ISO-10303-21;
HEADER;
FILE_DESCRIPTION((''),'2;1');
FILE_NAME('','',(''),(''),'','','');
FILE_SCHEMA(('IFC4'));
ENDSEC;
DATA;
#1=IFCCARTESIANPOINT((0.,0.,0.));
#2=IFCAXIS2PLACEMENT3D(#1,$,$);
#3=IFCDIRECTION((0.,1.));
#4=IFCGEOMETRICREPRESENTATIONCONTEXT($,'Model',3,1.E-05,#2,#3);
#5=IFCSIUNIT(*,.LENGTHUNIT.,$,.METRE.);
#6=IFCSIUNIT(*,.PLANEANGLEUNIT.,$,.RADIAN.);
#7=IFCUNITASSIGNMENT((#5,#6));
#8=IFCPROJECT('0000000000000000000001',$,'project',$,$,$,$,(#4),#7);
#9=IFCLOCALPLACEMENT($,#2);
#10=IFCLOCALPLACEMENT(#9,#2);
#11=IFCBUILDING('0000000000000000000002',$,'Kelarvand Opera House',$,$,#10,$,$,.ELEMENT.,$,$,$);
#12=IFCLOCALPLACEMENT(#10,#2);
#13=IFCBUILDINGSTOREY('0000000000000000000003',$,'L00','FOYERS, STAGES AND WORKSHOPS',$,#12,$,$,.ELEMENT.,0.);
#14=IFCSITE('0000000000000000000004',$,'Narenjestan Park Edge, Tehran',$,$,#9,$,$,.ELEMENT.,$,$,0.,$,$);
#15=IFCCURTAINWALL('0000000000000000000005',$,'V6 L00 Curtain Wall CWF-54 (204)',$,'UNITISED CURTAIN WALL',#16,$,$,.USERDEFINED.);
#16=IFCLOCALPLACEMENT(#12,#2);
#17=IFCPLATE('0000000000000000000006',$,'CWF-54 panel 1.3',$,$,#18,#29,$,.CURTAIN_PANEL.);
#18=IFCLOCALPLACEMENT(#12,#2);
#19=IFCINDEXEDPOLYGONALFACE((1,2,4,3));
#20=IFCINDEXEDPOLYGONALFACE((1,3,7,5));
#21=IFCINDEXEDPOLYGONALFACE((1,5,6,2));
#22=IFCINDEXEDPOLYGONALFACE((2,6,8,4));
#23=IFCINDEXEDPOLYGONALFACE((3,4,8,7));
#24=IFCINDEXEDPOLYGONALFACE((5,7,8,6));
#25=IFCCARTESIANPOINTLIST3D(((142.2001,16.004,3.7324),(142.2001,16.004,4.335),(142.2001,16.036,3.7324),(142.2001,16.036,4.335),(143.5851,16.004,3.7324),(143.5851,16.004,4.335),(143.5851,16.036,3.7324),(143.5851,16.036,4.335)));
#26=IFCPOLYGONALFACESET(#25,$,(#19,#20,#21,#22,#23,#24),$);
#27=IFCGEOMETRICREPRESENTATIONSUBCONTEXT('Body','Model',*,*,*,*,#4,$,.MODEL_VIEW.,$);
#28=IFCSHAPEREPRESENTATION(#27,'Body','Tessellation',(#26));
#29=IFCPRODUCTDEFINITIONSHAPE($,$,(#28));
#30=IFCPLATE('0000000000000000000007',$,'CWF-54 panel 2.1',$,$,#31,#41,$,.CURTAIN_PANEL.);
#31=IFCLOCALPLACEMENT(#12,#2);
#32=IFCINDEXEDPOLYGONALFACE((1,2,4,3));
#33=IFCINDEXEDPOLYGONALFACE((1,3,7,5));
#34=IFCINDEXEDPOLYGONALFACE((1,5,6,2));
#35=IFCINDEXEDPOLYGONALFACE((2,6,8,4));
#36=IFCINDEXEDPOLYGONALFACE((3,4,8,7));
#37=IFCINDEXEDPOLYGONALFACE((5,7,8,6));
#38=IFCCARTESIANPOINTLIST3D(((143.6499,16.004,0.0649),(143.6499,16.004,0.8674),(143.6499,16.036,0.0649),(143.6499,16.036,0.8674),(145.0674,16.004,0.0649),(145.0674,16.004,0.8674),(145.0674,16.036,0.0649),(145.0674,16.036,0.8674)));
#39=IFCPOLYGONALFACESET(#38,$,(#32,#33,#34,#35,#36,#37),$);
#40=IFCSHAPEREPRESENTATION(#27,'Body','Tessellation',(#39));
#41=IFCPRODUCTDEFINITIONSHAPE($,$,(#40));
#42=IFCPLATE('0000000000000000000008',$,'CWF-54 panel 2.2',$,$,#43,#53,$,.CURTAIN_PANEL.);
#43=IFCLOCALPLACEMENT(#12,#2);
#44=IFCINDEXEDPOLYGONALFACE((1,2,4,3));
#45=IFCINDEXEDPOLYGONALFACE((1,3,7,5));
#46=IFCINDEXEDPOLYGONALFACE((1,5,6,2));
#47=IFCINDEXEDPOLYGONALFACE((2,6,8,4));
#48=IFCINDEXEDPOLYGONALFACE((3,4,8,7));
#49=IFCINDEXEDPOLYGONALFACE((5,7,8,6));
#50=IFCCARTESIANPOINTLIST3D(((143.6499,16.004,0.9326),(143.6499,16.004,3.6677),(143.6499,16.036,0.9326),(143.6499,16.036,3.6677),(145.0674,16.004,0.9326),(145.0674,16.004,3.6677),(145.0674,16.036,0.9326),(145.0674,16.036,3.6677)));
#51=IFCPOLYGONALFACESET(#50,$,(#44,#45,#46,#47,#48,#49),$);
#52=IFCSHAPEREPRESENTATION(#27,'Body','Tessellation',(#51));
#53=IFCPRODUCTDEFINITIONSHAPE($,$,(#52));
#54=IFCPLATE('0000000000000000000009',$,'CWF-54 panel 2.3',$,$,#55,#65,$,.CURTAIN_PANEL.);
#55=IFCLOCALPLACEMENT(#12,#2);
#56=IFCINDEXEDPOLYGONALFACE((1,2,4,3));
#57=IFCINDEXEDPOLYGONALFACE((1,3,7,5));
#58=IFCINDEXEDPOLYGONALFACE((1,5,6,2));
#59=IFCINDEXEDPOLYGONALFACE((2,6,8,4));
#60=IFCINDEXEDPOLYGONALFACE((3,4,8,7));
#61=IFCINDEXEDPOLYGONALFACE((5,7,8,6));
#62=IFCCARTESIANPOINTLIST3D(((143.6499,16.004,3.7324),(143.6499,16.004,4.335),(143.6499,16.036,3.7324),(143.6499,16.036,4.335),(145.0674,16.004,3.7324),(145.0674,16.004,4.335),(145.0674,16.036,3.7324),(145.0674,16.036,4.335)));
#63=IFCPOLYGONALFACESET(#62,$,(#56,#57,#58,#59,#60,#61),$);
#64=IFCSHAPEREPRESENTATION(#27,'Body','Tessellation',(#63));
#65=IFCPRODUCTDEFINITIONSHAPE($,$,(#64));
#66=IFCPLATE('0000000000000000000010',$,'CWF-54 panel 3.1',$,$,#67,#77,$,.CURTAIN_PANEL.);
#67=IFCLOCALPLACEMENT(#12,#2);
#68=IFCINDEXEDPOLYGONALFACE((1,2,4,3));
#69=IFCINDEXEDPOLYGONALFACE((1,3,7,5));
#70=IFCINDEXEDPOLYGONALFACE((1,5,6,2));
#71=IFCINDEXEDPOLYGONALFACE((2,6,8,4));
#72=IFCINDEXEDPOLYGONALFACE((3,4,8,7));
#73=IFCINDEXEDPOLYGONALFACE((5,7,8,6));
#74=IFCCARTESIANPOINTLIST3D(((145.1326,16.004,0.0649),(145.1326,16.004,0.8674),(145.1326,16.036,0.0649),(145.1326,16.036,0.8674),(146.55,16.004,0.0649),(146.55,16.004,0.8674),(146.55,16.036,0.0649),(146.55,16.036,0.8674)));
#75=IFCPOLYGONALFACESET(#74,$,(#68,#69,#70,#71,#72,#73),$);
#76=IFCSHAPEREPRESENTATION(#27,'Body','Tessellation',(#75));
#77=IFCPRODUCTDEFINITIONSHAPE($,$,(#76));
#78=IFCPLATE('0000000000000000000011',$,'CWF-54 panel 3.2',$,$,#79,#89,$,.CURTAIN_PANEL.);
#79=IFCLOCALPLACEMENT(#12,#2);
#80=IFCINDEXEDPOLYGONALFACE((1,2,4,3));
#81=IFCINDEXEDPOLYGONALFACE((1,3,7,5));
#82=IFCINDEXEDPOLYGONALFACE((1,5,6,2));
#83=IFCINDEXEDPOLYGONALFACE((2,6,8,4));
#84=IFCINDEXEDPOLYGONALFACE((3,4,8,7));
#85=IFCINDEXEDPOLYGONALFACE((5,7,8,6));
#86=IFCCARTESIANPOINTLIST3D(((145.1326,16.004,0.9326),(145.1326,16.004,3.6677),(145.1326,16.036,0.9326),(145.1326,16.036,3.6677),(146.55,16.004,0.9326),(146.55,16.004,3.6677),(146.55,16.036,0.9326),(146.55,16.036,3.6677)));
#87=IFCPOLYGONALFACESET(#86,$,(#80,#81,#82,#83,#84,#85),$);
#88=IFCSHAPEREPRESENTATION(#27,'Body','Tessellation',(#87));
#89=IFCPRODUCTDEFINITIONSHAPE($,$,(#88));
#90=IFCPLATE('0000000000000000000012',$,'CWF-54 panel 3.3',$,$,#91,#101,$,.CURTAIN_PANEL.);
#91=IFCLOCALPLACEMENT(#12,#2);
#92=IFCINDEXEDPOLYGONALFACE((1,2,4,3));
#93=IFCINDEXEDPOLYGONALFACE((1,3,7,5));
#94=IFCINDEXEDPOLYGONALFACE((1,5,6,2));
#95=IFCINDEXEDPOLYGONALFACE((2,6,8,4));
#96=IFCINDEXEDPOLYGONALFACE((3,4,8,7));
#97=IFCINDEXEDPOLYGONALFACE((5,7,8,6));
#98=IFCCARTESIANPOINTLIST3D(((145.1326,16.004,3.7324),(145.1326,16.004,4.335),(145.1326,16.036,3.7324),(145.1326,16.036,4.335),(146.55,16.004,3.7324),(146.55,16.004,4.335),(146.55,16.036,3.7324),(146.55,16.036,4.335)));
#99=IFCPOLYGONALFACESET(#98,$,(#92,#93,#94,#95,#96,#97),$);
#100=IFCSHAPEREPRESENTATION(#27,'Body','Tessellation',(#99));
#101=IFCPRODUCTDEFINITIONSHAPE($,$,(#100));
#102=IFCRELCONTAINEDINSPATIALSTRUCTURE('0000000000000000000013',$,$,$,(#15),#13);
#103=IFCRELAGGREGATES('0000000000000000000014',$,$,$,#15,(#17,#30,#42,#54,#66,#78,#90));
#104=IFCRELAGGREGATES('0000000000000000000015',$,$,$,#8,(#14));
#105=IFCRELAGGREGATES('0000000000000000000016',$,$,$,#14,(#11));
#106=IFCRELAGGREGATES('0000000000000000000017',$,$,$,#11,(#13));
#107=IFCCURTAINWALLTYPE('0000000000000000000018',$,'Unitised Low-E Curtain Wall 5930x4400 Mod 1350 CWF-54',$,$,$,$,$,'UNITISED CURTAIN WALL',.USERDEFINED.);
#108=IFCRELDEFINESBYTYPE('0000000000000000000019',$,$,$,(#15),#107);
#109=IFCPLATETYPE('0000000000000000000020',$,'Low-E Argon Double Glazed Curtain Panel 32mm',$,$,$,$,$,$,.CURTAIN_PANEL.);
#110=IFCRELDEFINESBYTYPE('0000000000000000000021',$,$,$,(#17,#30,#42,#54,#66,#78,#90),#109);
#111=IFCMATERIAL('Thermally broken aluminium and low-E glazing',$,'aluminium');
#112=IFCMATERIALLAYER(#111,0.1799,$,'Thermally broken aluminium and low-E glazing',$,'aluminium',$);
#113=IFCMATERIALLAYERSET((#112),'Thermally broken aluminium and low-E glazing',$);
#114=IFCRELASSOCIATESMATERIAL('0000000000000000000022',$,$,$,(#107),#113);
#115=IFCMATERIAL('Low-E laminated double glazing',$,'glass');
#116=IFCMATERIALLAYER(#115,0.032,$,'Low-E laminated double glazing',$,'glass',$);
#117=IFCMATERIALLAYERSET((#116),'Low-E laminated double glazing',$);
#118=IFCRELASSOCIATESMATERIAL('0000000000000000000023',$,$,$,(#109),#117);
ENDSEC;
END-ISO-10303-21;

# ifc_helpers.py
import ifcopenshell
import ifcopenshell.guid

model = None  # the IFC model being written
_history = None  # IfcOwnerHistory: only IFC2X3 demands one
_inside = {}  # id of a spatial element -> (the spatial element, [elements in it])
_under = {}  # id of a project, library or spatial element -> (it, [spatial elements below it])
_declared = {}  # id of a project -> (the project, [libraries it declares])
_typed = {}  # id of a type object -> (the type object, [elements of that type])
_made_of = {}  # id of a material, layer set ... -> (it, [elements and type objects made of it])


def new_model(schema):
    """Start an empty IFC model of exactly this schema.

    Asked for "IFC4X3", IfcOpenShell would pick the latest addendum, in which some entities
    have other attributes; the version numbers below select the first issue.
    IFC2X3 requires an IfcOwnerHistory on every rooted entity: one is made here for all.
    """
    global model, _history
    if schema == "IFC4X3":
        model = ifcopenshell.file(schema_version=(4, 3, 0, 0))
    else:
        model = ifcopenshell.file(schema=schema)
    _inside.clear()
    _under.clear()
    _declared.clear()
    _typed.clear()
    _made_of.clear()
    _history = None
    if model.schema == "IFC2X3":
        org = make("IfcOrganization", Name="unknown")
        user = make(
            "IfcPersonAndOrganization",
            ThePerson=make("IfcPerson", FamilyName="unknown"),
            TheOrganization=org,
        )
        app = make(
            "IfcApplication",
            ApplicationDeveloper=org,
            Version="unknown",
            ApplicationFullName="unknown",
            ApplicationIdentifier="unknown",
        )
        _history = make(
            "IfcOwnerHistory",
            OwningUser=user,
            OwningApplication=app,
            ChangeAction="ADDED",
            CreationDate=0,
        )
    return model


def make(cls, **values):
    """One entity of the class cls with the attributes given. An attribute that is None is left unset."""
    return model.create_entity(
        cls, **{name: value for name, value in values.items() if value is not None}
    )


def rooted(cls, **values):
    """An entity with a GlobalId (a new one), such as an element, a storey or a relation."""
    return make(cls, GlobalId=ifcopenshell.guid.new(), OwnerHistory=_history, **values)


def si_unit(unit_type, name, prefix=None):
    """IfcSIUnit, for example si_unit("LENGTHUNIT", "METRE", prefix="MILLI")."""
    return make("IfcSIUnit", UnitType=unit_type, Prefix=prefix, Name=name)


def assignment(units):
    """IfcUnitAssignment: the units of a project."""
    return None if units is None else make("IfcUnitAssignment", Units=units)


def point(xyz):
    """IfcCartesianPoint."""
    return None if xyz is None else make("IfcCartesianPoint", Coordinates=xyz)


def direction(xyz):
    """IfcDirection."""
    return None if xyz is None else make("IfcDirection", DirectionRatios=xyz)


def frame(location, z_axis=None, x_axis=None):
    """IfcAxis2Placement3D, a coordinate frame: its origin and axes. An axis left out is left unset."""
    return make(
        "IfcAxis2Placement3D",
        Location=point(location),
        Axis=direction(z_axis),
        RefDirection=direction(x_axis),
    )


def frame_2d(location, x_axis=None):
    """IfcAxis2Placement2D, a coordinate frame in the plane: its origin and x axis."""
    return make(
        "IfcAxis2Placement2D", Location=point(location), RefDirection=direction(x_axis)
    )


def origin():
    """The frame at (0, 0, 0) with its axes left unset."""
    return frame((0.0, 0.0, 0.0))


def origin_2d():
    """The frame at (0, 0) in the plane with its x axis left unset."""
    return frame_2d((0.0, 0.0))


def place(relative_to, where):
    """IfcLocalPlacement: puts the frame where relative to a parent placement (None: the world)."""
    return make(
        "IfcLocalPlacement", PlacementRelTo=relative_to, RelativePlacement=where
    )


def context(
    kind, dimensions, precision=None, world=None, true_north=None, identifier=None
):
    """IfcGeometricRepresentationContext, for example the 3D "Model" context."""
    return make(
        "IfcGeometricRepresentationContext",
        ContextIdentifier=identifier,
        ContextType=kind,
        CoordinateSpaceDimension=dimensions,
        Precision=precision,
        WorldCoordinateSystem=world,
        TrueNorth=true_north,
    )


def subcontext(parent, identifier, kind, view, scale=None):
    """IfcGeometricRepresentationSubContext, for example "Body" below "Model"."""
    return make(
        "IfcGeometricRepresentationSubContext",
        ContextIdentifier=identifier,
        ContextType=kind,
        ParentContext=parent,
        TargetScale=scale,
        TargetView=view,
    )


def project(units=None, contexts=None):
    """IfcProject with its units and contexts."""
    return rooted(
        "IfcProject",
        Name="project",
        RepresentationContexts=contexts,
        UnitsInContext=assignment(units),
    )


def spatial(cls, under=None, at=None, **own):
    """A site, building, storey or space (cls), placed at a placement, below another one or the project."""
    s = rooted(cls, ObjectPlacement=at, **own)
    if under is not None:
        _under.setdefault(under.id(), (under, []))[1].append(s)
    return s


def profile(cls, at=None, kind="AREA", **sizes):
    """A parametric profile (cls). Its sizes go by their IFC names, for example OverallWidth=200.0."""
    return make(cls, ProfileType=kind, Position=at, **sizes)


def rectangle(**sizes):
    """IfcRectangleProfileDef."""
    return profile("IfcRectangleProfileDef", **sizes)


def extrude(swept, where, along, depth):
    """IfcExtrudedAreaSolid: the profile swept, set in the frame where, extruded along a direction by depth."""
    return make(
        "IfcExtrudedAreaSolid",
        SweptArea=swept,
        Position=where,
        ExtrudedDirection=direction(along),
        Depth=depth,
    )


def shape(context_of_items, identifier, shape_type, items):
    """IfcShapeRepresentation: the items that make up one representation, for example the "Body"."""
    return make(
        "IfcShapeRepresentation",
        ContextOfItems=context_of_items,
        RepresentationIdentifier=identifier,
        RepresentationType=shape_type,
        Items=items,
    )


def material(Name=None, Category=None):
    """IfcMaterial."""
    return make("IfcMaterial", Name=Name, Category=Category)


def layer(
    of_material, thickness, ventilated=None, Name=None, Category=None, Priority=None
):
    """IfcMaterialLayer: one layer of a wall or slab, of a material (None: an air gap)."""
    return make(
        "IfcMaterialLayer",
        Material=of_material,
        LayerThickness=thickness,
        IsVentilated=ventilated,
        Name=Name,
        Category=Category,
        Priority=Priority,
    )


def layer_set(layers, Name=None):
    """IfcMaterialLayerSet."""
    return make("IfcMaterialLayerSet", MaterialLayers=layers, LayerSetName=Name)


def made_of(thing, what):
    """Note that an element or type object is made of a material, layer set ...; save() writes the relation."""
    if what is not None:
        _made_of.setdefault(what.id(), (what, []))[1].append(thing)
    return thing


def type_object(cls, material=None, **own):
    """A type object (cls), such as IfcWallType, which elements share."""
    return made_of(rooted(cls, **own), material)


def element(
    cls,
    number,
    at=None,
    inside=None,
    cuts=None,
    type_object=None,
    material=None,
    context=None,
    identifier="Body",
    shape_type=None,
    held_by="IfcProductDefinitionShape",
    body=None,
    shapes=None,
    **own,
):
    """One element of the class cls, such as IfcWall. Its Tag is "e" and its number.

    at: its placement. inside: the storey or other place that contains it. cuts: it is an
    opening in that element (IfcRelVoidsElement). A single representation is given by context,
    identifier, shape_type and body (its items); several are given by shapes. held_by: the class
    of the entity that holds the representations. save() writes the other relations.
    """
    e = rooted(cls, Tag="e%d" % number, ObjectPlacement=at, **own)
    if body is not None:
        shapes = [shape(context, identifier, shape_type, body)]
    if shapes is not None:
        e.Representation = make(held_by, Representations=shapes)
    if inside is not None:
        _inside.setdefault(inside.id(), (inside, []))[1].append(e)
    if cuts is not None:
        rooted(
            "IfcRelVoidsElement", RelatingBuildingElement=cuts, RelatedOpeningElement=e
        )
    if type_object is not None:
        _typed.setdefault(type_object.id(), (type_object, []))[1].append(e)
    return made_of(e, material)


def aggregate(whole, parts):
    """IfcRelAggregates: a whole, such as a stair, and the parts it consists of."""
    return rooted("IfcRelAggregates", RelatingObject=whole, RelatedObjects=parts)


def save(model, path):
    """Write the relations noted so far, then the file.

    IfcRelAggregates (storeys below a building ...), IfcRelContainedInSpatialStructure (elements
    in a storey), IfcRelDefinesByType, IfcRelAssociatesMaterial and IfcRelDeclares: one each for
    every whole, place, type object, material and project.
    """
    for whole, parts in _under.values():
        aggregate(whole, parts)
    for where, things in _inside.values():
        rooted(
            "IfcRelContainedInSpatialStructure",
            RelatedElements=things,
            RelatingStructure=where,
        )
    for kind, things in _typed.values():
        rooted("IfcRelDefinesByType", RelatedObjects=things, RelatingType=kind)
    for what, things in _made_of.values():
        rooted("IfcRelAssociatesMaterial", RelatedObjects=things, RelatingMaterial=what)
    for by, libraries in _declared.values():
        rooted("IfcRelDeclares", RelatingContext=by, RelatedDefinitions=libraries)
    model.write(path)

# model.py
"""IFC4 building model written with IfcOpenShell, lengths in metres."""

from ifc_helpers import new_model, si_unit, direction, frame, origin, origin_2d, place, context, subcontext, project, spatial, rectangle, extrude, material, layer, layer_set, type_object, element, aggregate, save


model = new_model("IFC4")

# Units and contexts
model_context = context("Model", 3, precision=1e-05, world=origin(), true_north=direction((0.0, 1.0)))
body_context = subcontext(model_context, "Body", "Model", "MODEL_VIEW")
ifc_project = project(units=[si_unit("LENGTHUNIT", "METRE"), si_unit("PLANEANGLEUNIT", "RADIAN")], contexts=[model_context])

# Site, building, storey
site_placement = place(None, origin())
site = spatial("IfcSite", under=ifc_project, at=site_placement, Name="Narenjestan Park Edge, Tehran", CompositionType="ELEMENT", RefElevation=0.0)
building_placement = place(site_placement, origin())
building = spatial("IfcBuilding", under=site, at=building_placement, Name="Kelarvand Opera House", CompositionType="ELEMENT")
storey_placement = place(building_placement, origin())
storey = spatial("IfcBuildingStorey", under=building, at=storey_placement, Name="L00", Description="FOYERS, STAGES AND WORKSHOPS", CompositionType="ELEMENT", Elevation=0.0)

# Shared definitions
ifc_material_1 = material(Name="Thermally broken aluminium and low-E glazing", Category="aluminium")

# Curtain wall, plates
ifc_layer_1 = layer(ifc_material_1, 0.1799, Name="Thermally broken aluminium and low-E glazing", Category="aluminium")
ifc_layer_set_1 = layer_set([ifc_layer_1], Name="Thermally broken aluminium and low-E glazing")
curtain_wall_type_1 = type_object("IfcCurtainWallType", Name="Unitised Low-E Curtain Wall 5930x4400 Mod 1350 CWF-54", ElementType="UNITISED CURTAIN WALL", PredefinedType="USERDEFINED", material=ifc_layer_set_1)
curtain_wall_1_placement = place(storey_placement, origin())
curtain_wall_1 = element("IfcCurtainWall", 1, at=curtain_wall_1_placement, inside=storey, type_object=curtain_wall_type_1, Name="V6 L00 Curtain Wall CWF-54 (204)", ObjectType="UNITISED CURTAIN WALL", PredefinedType="USERDEFINED")
ifc_material_2 = material(Name="Low-E laminated double glazing", Category="glass")
ifc_layer_2 = layer(ifc_material_2, 0.032, Name="Low-E laminated double glazing", Category="glass")
ifc_layer_set_2 = layer_set([ifc_layer_2], Name="Low-E laminated double glazing")
plate_type = type_object("IfcPlateType", Name="Low-E Argon Double Glazed Curtain Panel 32mm", PredefinedType="CURTAIN_PANEL", material=ifc_layer_set_2)
plate_1_placement = place(storey_placement, frame((142.8926, 16.02, 3.7324), z_axis=(0.0, 0.0, 1.0), x_axis=(1.0, 0.0, 0.0)))
plate_1 = element("IfcPlate", 2, at=plate_1_placement, type_object=plate_type, Name="CWF-54 panel 1.3", PredefinedType="CURTAIN_PANEL", context=body_context, shape_type="SweptSolid", body=[
    extrude(rectangle(XDim=1.385, YDim=0.032, at=origin_2d()), origin(), (0.0, 0.0, 1.0), 0.6025),
])
plate_2_placement = place(storey_placement, frame((144.3586, 16.02, 0.0649), z_axis=(0.0, 0.0, 1.0), x_axis=(1.0, 0.0, 0.0)))
plate_2 = element("IfcPlate", 3, at=plate_2_placement, type_object=plate_type, Name="CWF-54 panel 2.1", PredefinedType="CURTAIN_PANEL", context=body_context, shape_type="SweptSolid", body=[
    extrude(rectangle(XDim=1.4175, YDim=0.032, at=origin_2d()), origin(), (0.0, 0.0, 1.0), 0.8025),
])
plate_3_placement = place(storey_placement, frame((144.3586, 16.02, 0.9326), z_axis=(0.0, 0.0, 1.0), x_axis=(1.0, 0.0, 0.0)))
plate_3 = element("IfcPlate", 4, at=plate_3_placement, type_object=plate_type, Name="CWF-54 panel 2.2", PredefinedType="CURTAIN_PANEL", context=body_context, shape_type="SweptSolid", body=[
    extrude(rectangle(XDim=1.4175, YDim=0.032, at=origin_2d()), origin(), (0.0, 0.0, 1.0), 2.7351),
])
plate_4_placement = place(storey_placement, frame((144.3586, 16.02, 3.7324), z_axis=(0.0, 0.0, 1.0), x_axis=(1.0, 0.0, 0.0)))
plate_4 = element("IfcPlate", 5, at=plate_4_placement, type_object=plate_type, Name="CWF-54 panel 2.3", PredefinedType="CURTAIN_PANEL", context=body_context, shape_type="SweptSolid", body=[
    extrude(rectangle(XDim=1.4175, YDim=0.032, at=origin_2d()), origin(), (0.0, 0.0, 1.0), 0.6025),
])
plate_5_placement = place(storey_placement, frame((145.8413, 16.02, 0.0649), z_axis=(0.0, 0.0, 1.0), x_axis=(1.0, 0.0, 0.0)))
plate_5 = element("IfcPlate", 6, at=plate_5_placement, type_object=plate_type, Name="CWF-54 panel 3.1", PredefinedType="CURTAIN_PANEL", context=body_context, shape_type="SweptSolid", body=[
    extrude(rectangle(XDim=1.4175, YDim=0.032, at=origin_2d()), origin(), (0.0, 0.0, 1.0), 0.8025),
])
plate_6_placement = place(storey_placement, frame((145.8413, 16.02, 0.9326), z_axis=(0.0, 0.0, 1.0), x_axis=(1.0, 0.0, 0.0)))
plate_6 = element("IfcPlate", 7, at=plate_6_placement, type_object=plate_type, Name="CWF-54 panel 3.2", PredefinedType="CURTAIN_PANEL", context=body_context, shape_type="SweptSolid", body=[
    extrude(rectangle(XDim=1.4175, YDim=0.032, at=origin_2d()), origin(), (0.0, 0.0, 1.0), 2.7351),
])
plate_7_placement = place(storey_placement, frame((145.8413, 16.02, 3.7324), z_axis=(0.0, 0.0, 1.0), x_axis=(1.0, 0.0, 0.0)))
plate_7 = element("IfcPlate", 8, at=plate_7_placement, type_object=plate_type, Name="CWF-54 panel 3.3", PredefinedType="CURTAIN_PANEL", context=body_context, shape_type="SweptSolid", body=[
    extrude(rectangle(XDim=1.4175, YDim=0.032, at=origin_2d()), origin(), (0.0, 0.0, 1.0), 0.6025),
])
aggregate(curtain_wall_1, [plate_1, plate_2, plate_3, plate_4, plate_5, plate_6, plate_7])

save(model, "model.ifc")
